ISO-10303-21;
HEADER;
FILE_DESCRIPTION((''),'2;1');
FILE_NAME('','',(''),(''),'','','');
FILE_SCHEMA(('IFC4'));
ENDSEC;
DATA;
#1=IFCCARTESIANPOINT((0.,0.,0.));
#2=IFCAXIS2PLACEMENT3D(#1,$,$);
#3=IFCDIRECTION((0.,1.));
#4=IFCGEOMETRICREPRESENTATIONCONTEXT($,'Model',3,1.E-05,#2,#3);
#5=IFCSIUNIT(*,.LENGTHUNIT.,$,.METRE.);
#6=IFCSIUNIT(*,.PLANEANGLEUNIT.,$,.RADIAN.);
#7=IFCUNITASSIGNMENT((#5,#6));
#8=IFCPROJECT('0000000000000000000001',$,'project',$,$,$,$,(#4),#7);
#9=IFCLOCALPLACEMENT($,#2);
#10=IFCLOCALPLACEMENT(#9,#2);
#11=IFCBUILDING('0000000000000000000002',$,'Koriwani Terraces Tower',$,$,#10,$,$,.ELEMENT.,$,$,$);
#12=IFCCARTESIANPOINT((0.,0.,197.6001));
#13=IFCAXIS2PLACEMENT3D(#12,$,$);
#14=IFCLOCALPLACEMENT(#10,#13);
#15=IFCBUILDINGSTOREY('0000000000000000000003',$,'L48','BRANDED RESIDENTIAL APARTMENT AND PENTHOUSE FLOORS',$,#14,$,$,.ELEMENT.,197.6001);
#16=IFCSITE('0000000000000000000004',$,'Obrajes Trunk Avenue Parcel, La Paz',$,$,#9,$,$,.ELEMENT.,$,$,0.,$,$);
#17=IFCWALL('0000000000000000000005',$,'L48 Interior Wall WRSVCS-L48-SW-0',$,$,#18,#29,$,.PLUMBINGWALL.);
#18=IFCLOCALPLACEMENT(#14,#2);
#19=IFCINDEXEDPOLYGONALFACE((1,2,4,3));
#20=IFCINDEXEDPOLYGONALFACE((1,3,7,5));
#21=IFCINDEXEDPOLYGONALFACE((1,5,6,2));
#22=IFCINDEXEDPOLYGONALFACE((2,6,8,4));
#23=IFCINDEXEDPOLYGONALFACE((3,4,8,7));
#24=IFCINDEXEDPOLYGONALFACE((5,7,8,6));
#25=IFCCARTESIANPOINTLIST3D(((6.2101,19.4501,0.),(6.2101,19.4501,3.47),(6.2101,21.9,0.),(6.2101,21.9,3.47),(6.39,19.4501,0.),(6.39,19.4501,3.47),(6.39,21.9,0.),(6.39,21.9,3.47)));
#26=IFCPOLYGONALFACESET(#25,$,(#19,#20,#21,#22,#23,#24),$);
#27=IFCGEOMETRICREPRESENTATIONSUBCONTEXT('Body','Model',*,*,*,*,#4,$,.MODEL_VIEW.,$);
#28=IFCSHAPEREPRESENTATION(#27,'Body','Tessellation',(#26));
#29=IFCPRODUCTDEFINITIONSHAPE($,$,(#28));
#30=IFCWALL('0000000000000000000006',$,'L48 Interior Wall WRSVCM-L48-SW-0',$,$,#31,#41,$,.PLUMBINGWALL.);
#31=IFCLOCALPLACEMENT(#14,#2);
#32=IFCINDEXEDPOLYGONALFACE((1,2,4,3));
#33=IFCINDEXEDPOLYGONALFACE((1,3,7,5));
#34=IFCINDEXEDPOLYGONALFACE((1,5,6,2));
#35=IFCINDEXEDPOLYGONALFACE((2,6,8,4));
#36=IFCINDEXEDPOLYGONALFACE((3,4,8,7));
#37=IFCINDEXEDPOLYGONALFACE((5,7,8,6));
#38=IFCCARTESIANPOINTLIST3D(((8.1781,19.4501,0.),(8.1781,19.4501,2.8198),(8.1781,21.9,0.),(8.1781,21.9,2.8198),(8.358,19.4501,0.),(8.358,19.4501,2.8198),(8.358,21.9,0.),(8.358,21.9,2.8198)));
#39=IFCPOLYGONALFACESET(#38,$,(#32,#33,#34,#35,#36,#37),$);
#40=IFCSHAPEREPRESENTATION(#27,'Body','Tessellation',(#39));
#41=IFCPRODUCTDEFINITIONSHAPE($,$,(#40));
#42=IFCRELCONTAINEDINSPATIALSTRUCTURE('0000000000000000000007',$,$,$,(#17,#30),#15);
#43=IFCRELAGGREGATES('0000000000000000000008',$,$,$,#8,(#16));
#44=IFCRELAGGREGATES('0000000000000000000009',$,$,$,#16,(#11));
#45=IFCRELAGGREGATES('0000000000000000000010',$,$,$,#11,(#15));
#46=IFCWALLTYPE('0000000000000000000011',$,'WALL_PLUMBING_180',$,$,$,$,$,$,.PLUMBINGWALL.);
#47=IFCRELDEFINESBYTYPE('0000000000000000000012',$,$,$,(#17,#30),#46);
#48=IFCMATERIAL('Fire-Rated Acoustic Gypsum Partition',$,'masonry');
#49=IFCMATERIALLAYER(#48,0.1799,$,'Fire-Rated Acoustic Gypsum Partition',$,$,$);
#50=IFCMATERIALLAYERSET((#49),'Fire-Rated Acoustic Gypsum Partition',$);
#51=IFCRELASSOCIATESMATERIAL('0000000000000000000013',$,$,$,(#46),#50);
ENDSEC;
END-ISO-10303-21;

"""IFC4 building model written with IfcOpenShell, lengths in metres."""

from ifc_helpers import new_model, si_unit, direction, frame, frame_2d, origin, place, context, subcontext, project, spatial, rectangle, extrude, material, layer, layer_set, type_object, element, save


model = new_model("IFC4")

# Units and contexts
model_context = context("Model", 3, precision=1e-05, world=origin(), true_north=direction((0.0, 1.0)))
body_context = subcontext(model_context, "Body", "Model", "MODEL_VIEW")
ifc_project = project(units=[si_unit("LENGTHUNIT", "METRE"), si_unit("PLANEANGLEUNIT", "RADIAN")], contexts=[model_context])

# Site, building, storey
site_placement = place(None, origin())
site = spatial("IfcSite", under=ifc_project, at=site_placement, Name="Obrajes Trunk Avenue Parcel, La Paz", CompositionType="ELEMENT", RefElevation=0.0)
building_placement = place(site_placement, origin())
building = spatial("IfcBuilding", under=site, at=building_placement, Name="Koriwani Terraces Tower", CompositionType="ELEMENT")
storey_placement = place(building_placement, frame((0.0, 0.0, 197.6001)))
storey = spatial("IfcBuildingStorey", under=building, at=storey_placement, Name="L48", Description="BRANDED RESIDENTIAL APARTMENT AND PENTHOUSE FLOORS", CompositionType="ELEMENT", Elevation=197.6001)

# Shared definitions
ifc_material_1 = material(Name="Fire-Rated Acoustic Gypsum Partition", Category="masonry")
ifc_layer_1 = layer(ifc_material_1, 0.1799, Name="Fire-Rated Acoustic Gypsum Partition")
ifc_layer_set_1 = layer_set([ifc_layer_1], Name="Fire-Rated Acoustic Gypsum Partition")
wall_type_1 = type_object("IfcWallType", Name="WALL_PLUMBING_180", PredefinedType="PLUMBINGWALL", material=ifc_layer_set_1)

# Walls
wall_1_placement = place(storey_placement, frame((6.3, 19.45, 0.0), z_axis=(0.0, 0.0, 1.0), x_axis=(0.0, 1.0, 0.0)))
element("IfcWall", 1, at=wall_1_placement, inside=storey, type_object=wall_type_1, Name="L48 Interior Wall WRSVCS-L48-SW-0", PredefinedType="PLUMBINGWALL", context=body_context, shape_type="SweptSolid", body=[
    extrude(rectangle(XDim=2.45, YDim=0.1799, at=frame_2d((1.2251, 0.0))), origin(), (0.0, 0.0, 1.0), 3.47),
])
wall_2_placement = place(storey_placement, frame((8.2681, 19.45, 0.0), z_axis=(0.0, 0.0, 1.0), x_axis=(0.0, 1.0, 0.0)))
element("IfcWall", 2, at=wall_2_placement, inside=storey, type_object=wall_type_1, Name="L48 Interior Wall WRSVCM-L48-SW-0", PredefinedType="PLUMBINGWALL", context=body_context, shape_type="SweptSolid", body=[
    extrude(rectangle(XDim=2.45, YDim=0.1799, at=frame_2d((1.2251, 0.0))), origin(), (0.0, 0.0, 1.0), 2.8198),
])

save(model, "model.ifc")
